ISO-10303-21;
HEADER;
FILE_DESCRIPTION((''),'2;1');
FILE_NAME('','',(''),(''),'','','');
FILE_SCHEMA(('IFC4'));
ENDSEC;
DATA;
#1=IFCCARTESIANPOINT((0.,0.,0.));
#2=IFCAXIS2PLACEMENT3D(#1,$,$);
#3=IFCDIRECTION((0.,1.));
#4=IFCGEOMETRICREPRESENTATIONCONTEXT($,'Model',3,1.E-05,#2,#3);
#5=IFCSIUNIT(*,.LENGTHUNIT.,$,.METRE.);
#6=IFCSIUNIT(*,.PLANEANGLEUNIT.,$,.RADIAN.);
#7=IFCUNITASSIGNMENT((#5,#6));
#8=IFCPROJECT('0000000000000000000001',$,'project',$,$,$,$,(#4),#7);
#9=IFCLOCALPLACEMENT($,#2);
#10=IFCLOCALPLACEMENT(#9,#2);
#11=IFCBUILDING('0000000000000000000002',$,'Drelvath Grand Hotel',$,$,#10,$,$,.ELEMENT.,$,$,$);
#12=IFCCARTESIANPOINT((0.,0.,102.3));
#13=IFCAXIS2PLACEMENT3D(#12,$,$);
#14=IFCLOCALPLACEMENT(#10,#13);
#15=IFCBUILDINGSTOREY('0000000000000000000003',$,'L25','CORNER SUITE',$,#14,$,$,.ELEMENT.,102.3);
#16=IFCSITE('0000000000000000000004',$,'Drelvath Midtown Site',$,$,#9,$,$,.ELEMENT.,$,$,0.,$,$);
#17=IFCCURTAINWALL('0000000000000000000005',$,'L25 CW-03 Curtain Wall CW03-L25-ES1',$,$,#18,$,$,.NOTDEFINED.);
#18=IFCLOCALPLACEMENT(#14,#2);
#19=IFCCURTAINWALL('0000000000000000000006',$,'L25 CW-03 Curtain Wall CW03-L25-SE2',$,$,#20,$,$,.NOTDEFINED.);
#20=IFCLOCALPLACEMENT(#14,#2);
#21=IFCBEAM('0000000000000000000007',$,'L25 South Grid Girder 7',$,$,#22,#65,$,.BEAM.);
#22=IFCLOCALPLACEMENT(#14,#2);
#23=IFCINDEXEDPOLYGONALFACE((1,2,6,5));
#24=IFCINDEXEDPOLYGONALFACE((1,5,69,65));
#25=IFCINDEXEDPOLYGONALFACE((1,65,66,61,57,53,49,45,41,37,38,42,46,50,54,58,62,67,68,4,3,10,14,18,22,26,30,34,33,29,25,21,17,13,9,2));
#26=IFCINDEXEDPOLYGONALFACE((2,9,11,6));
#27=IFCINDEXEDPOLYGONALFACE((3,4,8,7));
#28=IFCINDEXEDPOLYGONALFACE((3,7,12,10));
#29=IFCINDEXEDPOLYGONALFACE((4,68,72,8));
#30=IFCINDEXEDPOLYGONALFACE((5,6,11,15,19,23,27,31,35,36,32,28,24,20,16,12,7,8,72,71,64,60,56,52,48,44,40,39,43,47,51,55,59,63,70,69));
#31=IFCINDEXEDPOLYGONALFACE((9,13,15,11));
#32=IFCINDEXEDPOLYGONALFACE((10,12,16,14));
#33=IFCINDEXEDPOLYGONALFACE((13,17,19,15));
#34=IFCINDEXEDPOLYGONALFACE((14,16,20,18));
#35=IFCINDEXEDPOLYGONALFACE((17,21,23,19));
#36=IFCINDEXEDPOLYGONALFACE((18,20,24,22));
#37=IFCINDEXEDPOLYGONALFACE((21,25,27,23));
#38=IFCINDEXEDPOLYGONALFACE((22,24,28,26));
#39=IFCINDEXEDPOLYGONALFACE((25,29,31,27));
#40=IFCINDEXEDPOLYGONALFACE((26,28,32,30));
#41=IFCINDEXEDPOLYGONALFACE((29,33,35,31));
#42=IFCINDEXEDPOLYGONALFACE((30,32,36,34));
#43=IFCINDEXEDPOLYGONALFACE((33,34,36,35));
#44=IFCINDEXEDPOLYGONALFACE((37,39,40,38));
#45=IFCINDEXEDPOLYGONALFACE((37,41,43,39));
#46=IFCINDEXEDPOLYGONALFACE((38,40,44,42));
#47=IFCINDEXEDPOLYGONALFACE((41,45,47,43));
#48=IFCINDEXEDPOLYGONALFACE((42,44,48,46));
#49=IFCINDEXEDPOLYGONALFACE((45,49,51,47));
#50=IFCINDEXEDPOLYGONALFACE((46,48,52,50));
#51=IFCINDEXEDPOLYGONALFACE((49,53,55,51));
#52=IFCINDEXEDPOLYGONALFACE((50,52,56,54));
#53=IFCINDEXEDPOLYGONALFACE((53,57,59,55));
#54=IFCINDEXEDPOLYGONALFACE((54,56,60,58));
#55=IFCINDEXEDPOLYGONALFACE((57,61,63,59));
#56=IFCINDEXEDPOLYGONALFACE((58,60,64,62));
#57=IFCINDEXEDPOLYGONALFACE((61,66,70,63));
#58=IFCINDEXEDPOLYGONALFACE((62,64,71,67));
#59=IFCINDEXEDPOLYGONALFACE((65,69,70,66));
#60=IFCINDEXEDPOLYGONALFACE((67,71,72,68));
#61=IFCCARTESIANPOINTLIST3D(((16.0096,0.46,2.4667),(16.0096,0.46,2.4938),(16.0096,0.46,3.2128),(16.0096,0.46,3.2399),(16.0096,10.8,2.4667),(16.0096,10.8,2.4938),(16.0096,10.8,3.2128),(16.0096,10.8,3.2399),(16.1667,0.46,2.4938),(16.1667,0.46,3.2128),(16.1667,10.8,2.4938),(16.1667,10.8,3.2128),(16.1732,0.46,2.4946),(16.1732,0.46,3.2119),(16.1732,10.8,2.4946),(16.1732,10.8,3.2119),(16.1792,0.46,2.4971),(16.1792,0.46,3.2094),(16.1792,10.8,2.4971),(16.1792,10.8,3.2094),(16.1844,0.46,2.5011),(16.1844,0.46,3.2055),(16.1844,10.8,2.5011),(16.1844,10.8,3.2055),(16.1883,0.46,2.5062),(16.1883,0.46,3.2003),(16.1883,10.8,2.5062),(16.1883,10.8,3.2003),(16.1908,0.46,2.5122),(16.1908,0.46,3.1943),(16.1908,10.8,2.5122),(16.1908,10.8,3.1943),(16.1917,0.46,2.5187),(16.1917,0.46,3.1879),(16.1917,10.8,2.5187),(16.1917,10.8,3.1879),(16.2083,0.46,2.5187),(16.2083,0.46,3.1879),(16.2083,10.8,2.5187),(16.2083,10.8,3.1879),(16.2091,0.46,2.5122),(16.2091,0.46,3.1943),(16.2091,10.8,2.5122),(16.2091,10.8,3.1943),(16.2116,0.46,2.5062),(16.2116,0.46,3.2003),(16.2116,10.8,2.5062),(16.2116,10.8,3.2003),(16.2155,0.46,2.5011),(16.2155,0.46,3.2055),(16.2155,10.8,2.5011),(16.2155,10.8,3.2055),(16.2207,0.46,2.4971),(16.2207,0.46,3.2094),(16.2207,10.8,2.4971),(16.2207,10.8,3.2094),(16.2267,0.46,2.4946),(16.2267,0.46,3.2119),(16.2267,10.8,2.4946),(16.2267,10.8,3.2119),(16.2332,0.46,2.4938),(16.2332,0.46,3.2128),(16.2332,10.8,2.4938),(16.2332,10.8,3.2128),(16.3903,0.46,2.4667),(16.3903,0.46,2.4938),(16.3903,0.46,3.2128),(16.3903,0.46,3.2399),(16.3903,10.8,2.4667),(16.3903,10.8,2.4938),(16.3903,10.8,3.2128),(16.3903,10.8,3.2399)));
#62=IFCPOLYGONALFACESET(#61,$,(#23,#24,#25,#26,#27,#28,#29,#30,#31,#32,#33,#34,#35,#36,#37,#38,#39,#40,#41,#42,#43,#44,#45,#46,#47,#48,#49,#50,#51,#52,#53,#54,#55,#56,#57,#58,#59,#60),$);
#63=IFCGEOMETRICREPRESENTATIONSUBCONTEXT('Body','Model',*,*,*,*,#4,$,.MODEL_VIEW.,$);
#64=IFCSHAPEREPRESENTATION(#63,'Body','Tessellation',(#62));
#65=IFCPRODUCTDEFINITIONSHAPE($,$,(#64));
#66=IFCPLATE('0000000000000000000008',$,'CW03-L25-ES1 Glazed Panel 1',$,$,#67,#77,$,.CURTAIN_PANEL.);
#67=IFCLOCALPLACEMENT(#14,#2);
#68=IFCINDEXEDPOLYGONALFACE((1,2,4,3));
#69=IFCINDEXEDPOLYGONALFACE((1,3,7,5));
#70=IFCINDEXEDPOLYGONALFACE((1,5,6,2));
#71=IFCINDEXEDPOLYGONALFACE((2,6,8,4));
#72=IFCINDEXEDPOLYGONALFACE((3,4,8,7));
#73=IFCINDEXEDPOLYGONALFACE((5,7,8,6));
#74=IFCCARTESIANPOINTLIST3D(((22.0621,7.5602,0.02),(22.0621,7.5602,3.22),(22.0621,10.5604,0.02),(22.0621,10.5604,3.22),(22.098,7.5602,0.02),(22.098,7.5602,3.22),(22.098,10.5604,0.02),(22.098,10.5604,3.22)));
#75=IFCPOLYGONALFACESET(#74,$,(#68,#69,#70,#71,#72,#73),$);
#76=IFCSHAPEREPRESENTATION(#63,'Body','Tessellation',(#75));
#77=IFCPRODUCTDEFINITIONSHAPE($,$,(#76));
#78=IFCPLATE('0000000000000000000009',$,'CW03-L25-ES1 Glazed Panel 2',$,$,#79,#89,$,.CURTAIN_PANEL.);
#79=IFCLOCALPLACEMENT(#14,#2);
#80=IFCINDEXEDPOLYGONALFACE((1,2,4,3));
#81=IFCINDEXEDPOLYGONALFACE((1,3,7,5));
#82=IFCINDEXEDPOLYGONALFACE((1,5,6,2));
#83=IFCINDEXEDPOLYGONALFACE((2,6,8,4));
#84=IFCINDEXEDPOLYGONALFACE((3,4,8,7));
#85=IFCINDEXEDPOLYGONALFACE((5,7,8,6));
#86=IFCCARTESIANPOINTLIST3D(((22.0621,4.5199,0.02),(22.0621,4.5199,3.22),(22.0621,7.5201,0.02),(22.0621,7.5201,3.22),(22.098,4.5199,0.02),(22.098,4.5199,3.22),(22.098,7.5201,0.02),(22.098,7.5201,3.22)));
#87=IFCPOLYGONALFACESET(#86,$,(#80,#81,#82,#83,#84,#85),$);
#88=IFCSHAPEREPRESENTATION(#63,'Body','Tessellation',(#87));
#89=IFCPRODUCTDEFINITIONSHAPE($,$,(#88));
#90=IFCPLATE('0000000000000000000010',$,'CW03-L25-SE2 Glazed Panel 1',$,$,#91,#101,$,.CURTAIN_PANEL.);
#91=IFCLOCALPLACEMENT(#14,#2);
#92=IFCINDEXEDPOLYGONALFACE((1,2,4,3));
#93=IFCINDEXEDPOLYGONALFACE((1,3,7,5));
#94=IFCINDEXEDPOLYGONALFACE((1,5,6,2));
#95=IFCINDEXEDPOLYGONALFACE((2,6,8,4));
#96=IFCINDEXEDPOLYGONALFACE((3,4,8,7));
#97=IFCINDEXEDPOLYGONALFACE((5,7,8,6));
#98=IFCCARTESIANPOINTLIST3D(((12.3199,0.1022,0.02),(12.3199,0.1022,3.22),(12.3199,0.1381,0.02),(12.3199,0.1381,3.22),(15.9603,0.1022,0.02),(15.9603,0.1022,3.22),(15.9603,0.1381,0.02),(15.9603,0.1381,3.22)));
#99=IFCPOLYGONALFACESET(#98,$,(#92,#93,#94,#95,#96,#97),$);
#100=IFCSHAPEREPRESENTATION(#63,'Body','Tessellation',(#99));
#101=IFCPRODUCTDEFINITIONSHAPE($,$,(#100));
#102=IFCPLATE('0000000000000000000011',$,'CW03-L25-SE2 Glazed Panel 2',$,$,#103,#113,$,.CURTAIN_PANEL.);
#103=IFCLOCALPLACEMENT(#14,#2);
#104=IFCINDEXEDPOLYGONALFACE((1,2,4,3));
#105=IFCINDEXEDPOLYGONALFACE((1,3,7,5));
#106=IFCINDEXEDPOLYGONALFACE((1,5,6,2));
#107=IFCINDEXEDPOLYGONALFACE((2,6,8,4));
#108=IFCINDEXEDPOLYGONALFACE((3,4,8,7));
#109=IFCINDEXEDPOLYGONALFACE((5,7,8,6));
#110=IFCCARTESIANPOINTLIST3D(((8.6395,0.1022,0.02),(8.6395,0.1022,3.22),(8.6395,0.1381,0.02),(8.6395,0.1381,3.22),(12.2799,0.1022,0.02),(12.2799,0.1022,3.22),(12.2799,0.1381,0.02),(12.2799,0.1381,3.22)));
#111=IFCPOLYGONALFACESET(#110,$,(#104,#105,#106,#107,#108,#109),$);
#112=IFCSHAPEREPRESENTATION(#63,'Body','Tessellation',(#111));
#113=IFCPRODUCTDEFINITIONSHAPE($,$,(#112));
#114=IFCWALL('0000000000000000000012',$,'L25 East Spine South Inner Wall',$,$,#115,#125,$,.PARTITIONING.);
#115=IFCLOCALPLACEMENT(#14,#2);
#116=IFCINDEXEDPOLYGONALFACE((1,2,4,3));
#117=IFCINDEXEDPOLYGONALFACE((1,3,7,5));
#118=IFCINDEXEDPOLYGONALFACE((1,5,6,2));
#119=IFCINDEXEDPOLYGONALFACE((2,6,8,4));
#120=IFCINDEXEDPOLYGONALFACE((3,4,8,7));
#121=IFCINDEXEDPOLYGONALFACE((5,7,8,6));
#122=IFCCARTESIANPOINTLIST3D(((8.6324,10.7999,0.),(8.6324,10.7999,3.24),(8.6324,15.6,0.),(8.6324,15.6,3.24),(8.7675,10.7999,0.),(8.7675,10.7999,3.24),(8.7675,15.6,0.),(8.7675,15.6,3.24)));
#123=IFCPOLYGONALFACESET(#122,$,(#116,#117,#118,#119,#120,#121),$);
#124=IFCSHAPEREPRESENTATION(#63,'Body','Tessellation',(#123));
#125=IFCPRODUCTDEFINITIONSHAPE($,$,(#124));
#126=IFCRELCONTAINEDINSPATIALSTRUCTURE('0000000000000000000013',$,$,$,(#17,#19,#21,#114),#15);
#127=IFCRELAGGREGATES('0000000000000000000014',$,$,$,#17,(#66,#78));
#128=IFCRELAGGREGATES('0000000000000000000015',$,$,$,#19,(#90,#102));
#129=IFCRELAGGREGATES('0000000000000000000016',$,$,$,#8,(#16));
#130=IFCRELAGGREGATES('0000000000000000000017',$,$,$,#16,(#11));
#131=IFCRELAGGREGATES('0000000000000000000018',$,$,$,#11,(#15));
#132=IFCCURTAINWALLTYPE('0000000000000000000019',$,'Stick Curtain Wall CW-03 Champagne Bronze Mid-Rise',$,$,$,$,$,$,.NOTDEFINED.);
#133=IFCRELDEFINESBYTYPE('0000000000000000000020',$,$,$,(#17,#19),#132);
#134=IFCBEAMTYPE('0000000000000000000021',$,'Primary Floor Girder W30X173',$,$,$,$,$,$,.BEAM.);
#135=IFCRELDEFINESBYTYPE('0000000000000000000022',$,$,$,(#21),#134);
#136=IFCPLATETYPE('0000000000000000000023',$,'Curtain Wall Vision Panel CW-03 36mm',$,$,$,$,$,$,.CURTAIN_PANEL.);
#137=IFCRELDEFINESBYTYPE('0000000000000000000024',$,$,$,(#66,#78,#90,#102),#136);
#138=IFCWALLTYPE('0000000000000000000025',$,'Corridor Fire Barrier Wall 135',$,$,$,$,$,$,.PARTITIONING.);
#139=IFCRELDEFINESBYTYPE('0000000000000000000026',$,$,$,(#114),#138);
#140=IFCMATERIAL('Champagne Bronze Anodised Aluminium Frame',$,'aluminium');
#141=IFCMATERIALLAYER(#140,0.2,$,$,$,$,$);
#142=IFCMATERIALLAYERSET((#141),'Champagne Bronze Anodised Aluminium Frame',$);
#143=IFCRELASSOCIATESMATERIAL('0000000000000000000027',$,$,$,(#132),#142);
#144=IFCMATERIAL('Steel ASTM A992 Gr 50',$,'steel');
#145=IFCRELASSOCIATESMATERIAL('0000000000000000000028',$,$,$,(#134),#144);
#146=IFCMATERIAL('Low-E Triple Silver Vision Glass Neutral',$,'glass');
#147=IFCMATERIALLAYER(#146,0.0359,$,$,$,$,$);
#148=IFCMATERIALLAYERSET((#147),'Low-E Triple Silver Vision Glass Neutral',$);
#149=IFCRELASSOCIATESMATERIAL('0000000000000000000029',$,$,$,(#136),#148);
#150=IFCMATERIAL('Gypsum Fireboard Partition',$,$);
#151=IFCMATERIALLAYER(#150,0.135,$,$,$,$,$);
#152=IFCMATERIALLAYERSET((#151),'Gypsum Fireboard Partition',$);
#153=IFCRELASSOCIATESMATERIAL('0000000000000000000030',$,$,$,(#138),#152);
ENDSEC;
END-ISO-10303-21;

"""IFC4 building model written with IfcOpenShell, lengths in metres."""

from ifc_helpers import new_model, si_unit, direction, frame, frame_2d, origin, origin_2d, place, context, subcontext, project, spatial, rectangle, i_section, extrude, material, layer, layer_set, material_profile, profile_set, type_object, element, aggregate, save


model = new_model("IFC4")

# Units and contexts
model_context = context("Model", 3, precision=1e-05, world=origin(), true_north=direction((0.0, 1.0)))
body_context = subcontext(model_context, "Body", "Model", "MODEL_VIEW")
ifc_project = project(units=[si_unit("LENGTHUNIT", "METRE"), si_unit("PLANEANGLEUNIT", "RADIAN")], contexts=[model_context])

# Site, building, storey
site_placement = place(None, origin())
site = spatial("IfcSite", under=ifc_project, at=site_placement, Name="Drelvath Midtown Site", CompositionType="ELEMENT", RefElevation=0.0)
building_placement = place(site_placement, origin())
building = spatial("IfcBuilding", under=site, at=building_placement, Name="Drelvath Grand Hotel", CompositionType="ELEMENT")
storey_placement = place(building_placement, frame((0.0, 0.0, 102.3)))
storey = spatial("IfcBuildingStorey", under=building, at=storey_placement, Name="L25", Description="CORNER SUITE", CompositionType="ELEMENT", Elevation=102.3)

# Curtain walls
ifc_material_1 = material(Name="Champagne Bronze Anodised Aluminium Frame", Category="aluminium")
ifc_layer_1 = layer(ifc_material_1, 0.2)
ifc_layer_set_1 = layer_set([ifc_layer_1], Name="Champagne Bronze Anodised Aluminium Frame")
curtain_wall_type = type_object("IfcCurtainWallType", Name="Stick Curtain Wall CW-03 Champagne Bronze Mid-Rise", PredefinedType="NOTDEFINED", material=ifc_layer_set_1)
curtain_wall_1_placement = place(storey_placement, origin())
curtain_wall_1 = element("IfcCurtainWall", 1, at=curtain_wall_1_placement, inside=storey, type_object=curtain_wall_type, Name="L25 CW-03 Curtain Wall CW03-L25-ES1", PredefinedType="NOTDEFINED")
curtain_wall_2_placement = place(storey_placement, origin())
curtain_wall_2 = element("IfcCurtainWall", 2, at=curtain_wall_2_placement, inside=storey, type_object=curtain_wall_type, Name="L25 CW-03 Curtain Wall CW03-L25-SE2", PredefinedType="NOTDEFINED")

# Beam
ifc_material_2 = material(Name="Steel ASTM A992 Gr 50", Category="steel")
ifc_material_profile_1 = material_profile(ifc_material_2, i_section(OverallWidth=0.3806, OverallDepth=0.7732, WebThickness=0.0166, FlangeThickness=0.0271, FilletRadius=0.0249, at=origin_2d()), Name="W30X173")
ifc_profile_set_1 = profile_set([ifc_material_profile_1], Name="Steel ASTM A992 Gr 50")
beam_type = type_object("IfcBeamType", Name="Primary Floor Girder W30X173", PredefinedType="BEAM", material=ifc_profile_set_1)
beam_placement = place(storey_placement, frame((16.2, 0.46, 2.8533), z_axis=(0.0, 1.0, 0.0), x_axis=(-1.0, 0.0, 0.0)))
element("IfcBeam", 3, at=beam_placement, inside=storey, type_object=beam_type, Name="L25 South Grid Girder 7", PredefinedType="BEAM", context=body_context, shape_type="SweptSolid", body=[
    extrude(i_section(OverallWidth=0.3806, OverallDepth=0.7732, WebThickness=0.0166, FlangeThickness=0.0271, FilletRadius=0.0249, at=origin_2d()), origin(), (0.0, 0.0, 1.0), 10.3401),
])

# Plates
ifc_material_3 = material(Name="Low-E Triple Silver Vision Glass Neutral", Category="glass")
ifc_layer_2 = layer(ifc_material_3, 0.0359)
ifc_layer_set_2 = layer_set([ifc_layer_2], Name="Low-E Triple Silver Vision Glass Neutral")
plate_type = type_object("IfcPlateType", Name="Curtain Wall Vision Panel CW-03 36mm", PredefinedType="CURTAIN_PANEL", material=ifc_layer_set_2)
plate_1_placement = place(storey_placement, frame((22.0801, 9.0603, 0.02), z_axis=(0.0, 0.0, 1.0), x_axis=(0.0, -1.0, 0.0)))
plate_1 = element("IfcPlate", 4, at=plate_1_placement, type_object=plate_type, Name="CW03-L25-ES1 Glazed Panel 1", PredefinedType="CURTAIN_PANEL", context=body_context, shape_type="SweptSolid", body=[
    extrude(rectangle(XDim=3.0002, YDim=0.0359, at=origin_2d()), origin(), (0.0, 0.0, 1.0), 3.2),
])
plate_2_placement = place(storey_placement, frame((22.0801, 6.02, 0.02), z_axis=(0.0, 0.0, 1.0), x_axis=(0.0, -1.0, 0.0)))
plate_2 = element("IfcPlate", 5, at=plate_2_placement, type_object=plate_type, Name="CW03-L25-ES1 Glazed Panel 2", PredefinedType="CURTAIN_PANEL", context=body_context, shape_type="SweptSolid", body=[
    extrude(rectangle(XDim=3.0002, YDim=0.0359, at=origin_2d()), origin(), (0.0, 0.0, 1.0), 3.2),
])
aggregate(curtain_wall_1, [plate_1, plate_2])
plate_3_placement = place(storey_placement, frame((14.1401, 0.1201, 0.02), z_axis=(0.0, 0.0, 1.0), x_axis=(-1.0, 0.0, 0.0)))
plate_3 = element("IfcPlate", 6, at=plate_3_placement, type_object=plate_type, Name="CW03-L25-SE2 Glazed Panel 1", PredefinedType="CURTAIN_PANEL", context=body_context, shape_type="SweptSolid", body=[
    extrude(rectangle(XDim=3.6404, YDim=0.0359, at=origin_2d()), origin(), (0.0, 0.0, 1.0), 3.2),
])
plate_4_placement = place(storey_placement, frame((10.4597, 0.1201, 0.02), z_axis=(0.0, 0.0, 1.0), x_axis=(-1.0, 0.0, 0.0)))
plate_4 = element("IfcPlate", 7, at=plate_4_placement, type_object=plate_type, Name="CW03-L25-SE2 Glazed Panel 2", PredefinedType="CURTAIN_PANEL", context=body_context, shape_type="SweptSolid", body=[
    extrude(rectangle(XDim=3.6404, YDim=0.0359, at=origin_2d()), origin(), (0.0, 0.0, 1.0), 3.2),
])
aggregate(curtain_wall_2, [plate_3, plate_4])

# Wall
ifc_material_4 = material(Name="Gypsum Fireboard Partition")
ifc_layer_3 = layer(ifc_material_4, 0.135)
ifc_layer_set_3 = layer_set([ifc_layer_3], Name="Gypsum Fireboard Partition")
wall_type_1 = type_object("IfcWallType", Name="Corridor Fire Barrier Wall 135", PredefinedType="PARTITIONING", material=ifc_layer_set_3)
wall_1_placement = place(storey_placement, frame((8.7, 10.8, 0.0), z_axis=(0.0, 0.0, 1.0), x_axis=(0.0, 1.0, 0.0)))
element("IfcWall", 8, at=wall_1_placement, inside=storey, type_object=wall_type_1, Name="L25 East Spine South Inner Wall", PredefinedType="PARTITIONING", context=body_context, shape_type="SweptSolid", body=[
    extrude(rectangle(XDim=4.8, YDim=0.135, at=frame_2d((2.3999, 0.0))), origin(), (0.0, 0.0, 1.0), 3.24),
])

save(model, "model.ifc")
